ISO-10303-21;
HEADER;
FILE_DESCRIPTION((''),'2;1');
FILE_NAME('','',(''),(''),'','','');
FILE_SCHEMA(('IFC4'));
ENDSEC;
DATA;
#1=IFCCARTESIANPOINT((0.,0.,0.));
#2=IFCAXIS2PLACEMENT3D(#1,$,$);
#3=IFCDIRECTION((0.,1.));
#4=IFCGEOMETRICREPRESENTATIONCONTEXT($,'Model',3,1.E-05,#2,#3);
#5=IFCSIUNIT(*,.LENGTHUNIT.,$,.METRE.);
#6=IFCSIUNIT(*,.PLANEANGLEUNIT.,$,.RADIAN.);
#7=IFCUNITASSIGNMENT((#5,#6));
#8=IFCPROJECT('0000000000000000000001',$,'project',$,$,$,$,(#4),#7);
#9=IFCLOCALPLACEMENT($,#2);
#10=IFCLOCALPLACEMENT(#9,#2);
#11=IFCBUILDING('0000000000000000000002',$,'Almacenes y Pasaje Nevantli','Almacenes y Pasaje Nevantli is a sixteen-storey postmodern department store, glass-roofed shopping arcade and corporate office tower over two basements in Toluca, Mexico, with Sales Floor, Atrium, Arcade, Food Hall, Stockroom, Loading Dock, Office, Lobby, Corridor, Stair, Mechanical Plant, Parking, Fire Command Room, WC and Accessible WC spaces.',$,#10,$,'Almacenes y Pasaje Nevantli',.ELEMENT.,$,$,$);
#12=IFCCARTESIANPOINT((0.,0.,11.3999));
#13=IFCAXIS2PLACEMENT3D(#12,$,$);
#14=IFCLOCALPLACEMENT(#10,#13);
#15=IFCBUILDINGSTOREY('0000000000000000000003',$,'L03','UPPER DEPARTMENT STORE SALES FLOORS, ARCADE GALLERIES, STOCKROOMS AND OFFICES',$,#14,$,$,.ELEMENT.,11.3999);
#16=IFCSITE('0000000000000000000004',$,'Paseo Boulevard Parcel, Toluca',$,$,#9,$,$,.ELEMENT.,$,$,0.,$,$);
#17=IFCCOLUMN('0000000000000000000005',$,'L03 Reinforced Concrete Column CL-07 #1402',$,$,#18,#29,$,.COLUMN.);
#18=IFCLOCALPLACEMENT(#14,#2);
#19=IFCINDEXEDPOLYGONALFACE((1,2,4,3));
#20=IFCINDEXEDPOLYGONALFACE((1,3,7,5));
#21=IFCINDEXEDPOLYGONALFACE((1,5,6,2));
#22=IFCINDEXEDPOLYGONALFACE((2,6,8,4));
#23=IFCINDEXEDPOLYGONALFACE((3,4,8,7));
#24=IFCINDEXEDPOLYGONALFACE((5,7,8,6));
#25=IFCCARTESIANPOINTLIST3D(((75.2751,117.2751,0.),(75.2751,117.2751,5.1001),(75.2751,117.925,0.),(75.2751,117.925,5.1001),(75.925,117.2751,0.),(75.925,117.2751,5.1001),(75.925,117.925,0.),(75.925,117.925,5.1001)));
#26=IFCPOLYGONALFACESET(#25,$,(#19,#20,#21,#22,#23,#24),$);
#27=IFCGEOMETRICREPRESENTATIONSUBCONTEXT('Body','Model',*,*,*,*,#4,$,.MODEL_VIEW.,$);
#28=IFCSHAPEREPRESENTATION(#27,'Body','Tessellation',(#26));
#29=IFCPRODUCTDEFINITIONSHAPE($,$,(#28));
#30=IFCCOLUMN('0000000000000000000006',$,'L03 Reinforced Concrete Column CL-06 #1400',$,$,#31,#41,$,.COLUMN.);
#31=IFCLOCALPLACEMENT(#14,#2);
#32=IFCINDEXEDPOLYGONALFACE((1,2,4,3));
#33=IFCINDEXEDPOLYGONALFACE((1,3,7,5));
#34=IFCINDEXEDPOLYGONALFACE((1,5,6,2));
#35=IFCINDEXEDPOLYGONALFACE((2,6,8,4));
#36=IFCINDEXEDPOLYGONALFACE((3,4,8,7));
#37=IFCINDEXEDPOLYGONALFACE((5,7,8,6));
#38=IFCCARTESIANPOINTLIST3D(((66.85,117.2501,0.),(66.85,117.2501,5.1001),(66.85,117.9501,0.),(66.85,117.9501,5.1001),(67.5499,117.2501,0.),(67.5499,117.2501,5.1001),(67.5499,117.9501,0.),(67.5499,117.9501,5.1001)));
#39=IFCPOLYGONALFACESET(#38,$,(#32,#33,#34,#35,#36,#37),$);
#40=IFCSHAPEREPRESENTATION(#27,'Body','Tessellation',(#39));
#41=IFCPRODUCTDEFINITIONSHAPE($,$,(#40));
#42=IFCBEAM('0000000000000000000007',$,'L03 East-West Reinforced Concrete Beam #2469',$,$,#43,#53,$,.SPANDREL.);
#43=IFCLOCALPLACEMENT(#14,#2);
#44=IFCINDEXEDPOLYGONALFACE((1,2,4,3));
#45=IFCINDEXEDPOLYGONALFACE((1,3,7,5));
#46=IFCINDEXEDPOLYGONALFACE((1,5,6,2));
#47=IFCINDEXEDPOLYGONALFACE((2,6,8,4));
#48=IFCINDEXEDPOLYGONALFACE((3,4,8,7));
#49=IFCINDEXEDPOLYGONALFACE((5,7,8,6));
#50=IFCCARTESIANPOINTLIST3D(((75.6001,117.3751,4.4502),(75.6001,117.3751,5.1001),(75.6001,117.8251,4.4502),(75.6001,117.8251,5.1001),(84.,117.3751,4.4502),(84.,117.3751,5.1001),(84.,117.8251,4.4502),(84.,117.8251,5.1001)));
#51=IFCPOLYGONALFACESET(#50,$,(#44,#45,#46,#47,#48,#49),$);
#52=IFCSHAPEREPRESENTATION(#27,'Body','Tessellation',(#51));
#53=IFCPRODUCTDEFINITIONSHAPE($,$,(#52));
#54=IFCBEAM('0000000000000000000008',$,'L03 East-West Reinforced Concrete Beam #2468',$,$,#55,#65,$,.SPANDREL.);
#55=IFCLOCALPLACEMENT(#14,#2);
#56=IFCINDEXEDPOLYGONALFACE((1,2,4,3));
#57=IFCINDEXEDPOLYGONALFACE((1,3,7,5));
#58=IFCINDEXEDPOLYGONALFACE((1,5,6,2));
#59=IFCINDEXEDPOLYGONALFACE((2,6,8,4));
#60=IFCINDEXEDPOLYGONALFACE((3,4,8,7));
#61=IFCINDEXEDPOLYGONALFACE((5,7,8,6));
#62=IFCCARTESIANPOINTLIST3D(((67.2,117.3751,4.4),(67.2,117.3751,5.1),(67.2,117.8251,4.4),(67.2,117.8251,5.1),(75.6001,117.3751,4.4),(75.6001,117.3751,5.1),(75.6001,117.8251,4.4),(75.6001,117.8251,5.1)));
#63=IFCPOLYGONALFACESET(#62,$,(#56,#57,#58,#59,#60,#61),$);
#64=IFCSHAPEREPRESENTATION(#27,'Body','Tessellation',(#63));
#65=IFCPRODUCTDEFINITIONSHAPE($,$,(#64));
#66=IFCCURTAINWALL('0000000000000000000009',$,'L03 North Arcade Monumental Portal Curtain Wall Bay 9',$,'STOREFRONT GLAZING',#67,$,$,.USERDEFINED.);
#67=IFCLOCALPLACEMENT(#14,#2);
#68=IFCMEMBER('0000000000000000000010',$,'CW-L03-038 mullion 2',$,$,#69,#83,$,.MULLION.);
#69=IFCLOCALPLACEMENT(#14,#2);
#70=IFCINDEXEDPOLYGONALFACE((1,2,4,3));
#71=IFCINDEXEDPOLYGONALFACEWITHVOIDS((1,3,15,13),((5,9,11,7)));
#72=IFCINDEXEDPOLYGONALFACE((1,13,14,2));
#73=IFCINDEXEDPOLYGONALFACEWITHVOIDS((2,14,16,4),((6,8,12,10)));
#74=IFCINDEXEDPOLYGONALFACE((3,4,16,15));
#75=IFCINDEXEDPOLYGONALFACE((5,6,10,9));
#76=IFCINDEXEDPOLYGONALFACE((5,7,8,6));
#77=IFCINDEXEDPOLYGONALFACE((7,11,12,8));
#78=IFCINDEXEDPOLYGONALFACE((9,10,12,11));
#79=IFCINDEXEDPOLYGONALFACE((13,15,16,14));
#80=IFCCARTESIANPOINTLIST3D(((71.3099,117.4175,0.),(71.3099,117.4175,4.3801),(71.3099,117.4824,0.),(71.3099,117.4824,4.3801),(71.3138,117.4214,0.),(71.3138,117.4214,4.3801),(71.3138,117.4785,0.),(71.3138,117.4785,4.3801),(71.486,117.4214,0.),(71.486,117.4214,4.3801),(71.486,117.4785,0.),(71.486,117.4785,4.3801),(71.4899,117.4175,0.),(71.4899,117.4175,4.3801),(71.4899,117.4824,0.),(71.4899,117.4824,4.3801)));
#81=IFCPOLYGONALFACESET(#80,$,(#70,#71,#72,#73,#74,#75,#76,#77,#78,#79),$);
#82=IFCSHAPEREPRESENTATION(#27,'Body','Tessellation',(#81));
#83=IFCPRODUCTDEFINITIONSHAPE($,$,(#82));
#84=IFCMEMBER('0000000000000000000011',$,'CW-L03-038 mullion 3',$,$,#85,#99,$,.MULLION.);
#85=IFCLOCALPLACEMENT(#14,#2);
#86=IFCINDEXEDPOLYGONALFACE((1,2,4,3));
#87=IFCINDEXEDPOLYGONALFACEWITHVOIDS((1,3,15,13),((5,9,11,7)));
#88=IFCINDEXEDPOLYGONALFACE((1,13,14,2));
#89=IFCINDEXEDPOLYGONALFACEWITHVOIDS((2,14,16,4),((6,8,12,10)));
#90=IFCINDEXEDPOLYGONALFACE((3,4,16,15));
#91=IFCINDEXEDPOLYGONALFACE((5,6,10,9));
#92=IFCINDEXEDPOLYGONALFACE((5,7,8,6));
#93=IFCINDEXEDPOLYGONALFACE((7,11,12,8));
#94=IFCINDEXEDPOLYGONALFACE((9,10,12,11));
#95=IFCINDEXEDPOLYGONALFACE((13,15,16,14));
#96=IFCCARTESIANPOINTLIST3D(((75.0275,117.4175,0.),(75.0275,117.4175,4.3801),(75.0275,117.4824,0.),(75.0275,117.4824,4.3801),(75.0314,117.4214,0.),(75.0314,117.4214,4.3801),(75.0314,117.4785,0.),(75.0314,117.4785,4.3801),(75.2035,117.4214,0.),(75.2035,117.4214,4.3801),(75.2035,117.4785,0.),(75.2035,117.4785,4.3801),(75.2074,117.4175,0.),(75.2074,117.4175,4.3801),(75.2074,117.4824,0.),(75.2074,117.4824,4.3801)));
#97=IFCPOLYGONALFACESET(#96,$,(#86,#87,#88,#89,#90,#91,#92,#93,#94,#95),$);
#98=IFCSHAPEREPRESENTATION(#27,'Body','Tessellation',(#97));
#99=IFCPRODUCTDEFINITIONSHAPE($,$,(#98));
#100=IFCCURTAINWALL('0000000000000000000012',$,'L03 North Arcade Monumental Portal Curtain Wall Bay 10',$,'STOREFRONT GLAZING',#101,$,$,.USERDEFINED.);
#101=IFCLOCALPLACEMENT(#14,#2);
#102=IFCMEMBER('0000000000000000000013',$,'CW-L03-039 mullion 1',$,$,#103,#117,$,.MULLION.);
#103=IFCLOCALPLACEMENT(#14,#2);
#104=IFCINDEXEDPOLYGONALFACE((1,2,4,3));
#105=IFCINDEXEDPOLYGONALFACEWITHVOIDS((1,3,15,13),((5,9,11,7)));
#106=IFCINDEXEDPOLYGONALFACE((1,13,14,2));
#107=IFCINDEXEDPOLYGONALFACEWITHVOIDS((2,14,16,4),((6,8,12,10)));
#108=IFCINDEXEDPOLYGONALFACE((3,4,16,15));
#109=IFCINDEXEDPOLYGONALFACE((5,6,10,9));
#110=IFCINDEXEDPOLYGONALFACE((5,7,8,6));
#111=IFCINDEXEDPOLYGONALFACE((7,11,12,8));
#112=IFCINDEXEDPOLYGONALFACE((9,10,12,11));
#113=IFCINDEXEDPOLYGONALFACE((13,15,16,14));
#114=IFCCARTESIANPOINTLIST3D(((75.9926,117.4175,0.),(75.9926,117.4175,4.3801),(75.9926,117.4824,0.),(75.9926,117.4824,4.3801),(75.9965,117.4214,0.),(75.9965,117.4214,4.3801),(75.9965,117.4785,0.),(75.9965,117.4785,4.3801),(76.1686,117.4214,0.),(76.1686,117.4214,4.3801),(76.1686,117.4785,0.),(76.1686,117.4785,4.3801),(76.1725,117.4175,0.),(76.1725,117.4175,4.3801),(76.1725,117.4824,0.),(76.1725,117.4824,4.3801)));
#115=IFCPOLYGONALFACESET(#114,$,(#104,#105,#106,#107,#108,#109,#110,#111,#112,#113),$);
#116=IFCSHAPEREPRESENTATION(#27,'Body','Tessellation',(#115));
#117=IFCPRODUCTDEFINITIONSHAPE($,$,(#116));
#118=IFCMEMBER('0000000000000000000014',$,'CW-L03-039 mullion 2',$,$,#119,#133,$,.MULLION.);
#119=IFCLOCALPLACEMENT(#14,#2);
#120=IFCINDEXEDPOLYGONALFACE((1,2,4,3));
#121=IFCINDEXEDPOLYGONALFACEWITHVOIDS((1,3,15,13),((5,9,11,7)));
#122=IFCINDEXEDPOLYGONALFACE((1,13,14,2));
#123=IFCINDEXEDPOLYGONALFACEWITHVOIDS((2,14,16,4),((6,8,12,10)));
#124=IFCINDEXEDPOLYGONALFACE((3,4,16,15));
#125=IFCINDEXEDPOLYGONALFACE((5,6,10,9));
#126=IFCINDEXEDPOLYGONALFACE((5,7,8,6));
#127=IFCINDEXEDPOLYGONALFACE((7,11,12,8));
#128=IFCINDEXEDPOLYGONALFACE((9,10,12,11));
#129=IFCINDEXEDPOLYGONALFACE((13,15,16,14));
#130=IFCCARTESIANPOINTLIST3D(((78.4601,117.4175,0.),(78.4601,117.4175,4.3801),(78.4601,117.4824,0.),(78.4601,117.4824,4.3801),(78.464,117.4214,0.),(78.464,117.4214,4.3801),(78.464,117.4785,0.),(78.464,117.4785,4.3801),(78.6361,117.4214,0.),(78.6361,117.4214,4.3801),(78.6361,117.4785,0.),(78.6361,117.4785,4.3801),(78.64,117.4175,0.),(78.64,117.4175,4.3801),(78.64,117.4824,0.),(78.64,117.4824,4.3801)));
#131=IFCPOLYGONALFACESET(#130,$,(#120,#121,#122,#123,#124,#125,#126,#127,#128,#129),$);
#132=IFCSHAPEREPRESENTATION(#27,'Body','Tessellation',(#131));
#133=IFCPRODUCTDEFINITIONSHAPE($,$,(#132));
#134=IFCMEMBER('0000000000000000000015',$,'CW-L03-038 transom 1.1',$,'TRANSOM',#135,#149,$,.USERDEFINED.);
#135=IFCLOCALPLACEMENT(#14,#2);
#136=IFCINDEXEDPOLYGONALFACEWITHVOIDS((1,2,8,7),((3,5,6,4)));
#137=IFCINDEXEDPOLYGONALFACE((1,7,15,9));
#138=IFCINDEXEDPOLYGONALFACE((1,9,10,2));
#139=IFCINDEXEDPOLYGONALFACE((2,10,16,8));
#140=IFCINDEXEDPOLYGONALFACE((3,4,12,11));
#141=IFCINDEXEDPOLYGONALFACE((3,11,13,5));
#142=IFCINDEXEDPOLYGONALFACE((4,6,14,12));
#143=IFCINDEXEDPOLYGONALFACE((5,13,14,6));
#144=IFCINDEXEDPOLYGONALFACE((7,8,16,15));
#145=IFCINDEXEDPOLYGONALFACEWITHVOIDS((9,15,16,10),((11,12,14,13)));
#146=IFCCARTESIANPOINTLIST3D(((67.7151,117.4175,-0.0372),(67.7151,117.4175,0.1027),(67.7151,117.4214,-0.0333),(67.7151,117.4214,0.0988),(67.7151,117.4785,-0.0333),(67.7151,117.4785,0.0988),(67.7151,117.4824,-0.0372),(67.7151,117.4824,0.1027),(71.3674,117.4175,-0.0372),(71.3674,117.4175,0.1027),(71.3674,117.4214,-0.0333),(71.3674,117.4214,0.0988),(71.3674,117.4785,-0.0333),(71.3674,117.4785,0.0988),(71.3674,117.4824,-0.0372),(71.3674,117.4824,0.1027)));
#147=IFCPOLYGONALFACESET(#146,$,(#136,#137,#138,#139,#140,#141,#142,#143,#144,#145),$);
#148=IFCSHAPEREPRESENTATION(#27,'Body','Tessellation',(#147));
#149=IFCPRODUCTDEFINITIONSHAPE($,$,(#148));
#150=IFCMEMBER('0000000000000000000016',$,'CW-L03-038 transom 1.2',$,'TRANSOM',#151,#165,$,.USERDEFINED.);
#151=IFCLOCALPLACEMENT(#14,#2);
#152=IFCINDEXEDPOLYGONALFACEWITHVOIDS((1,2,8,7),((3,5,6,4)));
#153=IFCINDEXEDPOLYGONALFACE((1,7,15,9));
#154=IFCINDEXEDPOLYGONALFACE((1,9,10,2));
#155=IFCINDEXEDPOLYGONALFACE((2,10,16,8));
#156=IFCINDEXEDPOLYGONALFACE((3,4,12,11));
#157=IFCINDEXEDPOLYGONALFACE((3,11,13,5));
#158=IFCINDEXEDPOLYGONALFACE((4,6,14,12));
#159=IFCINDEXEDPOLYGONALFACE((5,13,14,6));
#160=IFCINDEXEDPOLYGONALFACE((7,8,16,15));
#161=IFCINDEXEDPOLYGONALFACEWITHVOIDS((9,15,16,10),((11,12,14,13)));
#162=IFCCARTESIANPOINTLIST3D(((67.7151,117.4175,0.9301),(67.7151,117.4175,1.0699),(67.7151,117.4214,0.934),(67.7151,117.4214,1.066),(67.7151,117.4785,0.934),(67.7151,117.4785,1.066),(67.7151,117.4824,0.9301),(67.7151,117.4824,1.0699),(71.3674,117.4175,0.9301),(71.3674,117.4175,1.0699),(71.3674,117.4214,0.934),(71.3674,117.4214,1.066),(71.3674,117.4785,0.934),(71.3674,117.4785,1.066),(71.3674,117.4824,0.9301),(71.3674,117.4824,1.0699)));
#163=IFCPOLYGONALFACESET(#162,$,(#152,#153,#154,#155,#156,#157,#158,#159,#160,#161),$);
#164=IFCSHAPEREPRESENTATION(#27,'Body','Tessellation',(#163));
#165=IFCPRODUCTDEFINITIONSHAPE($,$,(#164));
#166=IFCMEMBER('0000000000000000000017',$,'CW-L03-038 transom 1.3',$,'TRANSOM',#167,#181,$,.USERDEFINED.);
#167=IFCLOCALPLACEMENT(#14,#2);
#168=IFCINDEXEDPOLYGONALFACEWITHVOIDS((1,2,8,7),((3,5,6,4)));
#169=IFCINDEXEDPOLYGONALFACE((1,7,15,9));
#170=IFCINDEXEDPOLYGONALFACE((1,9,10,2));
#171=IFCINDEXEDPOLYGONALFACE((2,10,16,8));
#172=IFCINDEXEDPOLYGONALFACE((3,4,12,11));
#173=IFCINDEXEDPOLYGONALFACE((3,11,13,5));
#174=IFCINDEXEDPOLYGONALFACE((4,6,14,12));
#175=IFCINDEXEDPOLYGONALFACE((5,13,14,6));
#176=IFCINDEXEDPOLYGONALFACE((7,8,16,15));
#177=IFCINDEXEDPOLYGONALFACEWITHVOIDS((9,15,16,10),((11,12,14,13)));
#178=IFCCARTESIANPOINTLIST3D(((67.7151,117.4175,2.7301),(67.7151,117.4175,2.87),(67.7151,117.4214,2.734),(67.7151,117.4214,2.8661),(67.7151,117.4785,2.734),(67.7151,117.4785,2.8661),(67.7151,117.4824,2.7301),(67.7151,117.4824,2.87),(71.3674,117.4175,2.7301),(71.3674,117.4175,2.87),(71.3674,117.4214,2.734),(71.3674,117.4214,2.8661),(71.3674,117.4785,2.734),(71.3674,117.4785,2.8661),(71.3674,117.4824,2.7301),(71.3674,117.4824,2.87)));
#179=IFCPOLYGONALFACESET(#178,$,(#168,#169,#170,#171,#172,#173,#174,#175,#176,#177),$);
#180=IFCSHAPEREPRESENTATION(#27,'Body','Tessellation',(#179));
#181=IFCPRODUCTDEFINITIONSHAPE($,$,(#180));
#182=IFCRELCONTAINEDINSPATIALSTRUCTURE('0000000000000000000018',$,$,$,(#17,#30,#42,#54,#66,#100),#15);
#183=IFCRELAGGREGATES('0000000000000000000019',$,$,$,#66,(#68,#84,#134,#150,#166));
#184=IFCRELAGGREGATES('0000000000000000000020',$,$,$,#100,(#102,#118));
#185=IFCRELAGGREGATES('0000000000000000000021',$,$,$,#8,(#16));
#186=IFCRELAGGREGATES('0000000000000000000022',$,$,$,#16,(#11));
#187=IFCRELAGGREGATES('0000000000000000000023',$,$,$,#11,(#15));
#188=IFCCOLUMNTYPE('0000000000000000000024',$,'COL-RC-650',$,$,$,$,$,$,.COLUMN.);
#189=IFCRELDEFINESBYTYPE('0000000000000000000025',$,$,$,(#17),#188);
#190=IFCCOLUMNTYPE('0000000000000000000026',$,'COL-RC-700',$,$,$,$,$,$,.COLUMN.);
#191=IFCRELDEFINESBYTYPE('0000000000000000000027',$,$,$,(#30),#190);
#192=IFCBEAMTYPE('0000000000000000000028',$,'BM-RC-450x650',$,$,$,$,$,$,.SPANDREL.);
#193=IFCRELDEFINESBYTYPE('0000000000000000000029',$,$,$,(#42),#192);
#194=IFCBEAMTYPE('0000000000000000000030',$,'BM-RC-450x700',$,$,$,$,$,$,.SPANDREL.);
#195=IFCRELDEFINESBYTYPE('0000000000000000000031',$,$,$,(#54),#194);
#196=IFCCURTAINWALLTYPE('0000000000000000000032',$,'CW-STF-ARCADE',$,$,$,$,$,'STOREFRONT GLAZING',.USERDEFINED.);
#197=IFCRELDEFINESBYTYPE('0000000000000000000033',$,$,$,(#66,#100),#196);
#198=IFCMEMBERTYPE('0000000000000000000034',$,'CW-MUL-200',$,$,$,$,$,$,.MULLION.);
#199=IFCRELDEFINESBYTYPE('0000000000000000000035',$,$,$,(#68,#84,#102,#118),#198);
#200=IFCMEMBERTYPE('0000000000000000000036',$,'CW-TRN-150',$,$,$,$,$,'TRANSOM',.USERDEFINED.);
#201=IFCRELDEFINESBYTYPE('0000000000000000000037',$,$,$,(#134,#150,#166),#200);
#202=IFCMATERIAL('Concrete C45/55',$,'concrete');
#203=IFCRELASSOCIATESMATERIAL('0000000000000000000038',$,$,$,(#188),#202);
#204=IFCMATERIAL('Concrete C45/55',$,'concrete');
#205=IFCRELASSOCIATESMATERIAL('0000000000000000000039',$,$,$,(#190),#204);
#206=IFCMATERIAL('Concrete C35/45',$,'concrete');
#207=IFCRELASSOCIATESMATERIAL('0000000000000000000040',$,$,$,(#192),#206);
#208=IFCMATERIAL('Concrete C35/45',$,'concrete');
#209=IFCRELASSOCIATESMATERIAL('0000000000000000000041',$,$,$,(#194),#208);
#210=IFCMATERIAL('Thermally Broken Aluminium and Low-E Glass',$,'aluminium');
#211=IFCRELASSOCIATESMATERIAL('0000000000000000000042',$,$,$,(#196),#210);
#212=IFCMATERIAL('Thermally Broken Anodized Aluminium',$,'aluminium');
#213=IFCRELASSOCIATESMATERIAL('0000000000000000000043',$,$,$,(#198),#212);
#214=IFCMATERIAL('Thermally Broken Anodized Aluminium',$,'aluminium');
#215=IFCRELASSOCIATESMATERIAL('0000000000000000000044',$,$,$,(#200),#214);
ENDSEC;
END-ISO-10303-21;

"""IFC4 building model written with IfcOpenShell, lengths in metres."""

from ifc_helpers import new_model, si_unit, direction, frame, origin, origin_2d, place, context, subcontext, project, spatial, rectangle, hollow_rectangle, extrude, material, material_profile, profile_set, type_object, element, aggregate, save


model = new_model("IFC4")

# Units and contexts
model_context = context("Model", 3, precision=1e-05, world=origin(), true_north=direction((0.0, 1.0)))
body_context = subcontext(model_context, "Body", "Model", "MODEL_VIEW")
ifc_project = project(units=[si_unit("LENGTHUNIT", "METRE"), si_unit("PLANEANGLEUNIT", "RADIAN")], contexts=[model_context])

# Site, building, storey
site_placement = place(None, origin())
site = spatial("IfcSite", under=ifc_project, at=site_placement, Name="Paseo Boulevard Parcel, Toluca", CompositionType="ELEMENT", RefElevation=0.0)
building_placement = place(site_placement, origin())
building = spatial("IfcBuilding", under=site, at=building_placement, Name="Almacenes y Pasaje Nevantli", Description="Almacenes y Pasaje Nevantli is a sixteen-storey postmodern department store, glass-roofed shopping arcade and corporate office tower over two basements in Toluca, Mexico, with Sales Floor, Atrium, Arcade, Food Hall, Stockroom, Loading Dock, Office, Lobby, Corridor, Stair, Mechanical Plant, Parking, Fire Command Room, WC and Accessible WC spaces.", LongName="Almacenes y Pasaje Nevantli", CompositionType="ELEMENT")
storey_placement = place(building_placement, frame((0.0, 0.0, 11.3999)))
storey = spatial("IfcBuildingStorey", under=building, at=storey_placement, Name="L03", Description="UPPER DEPARTMENT STORE SALES FLOORS, ARCADE GALLERIES, STOCKROOMS AND OFFICES", CompositionType="ELEMENT", Elevation=11.3999)

# Columns
ifc_material_1 = material(Name="Concrete C45/55", Category="concrete")
ifc_material_profile_1 = material_profile(ifc_material_1, rectangle(XDim=0.6499, YDim=0.6499, at=origin_2d()), Name="RC-COL-650x650")
ifc_profile_set_1 = profile_set([ifc_material_profile_1], Name="Concrete C45/55")
column_type_1 = type_object("IfcColumnType", Name="COL-RC-650", PredefinedType="COLUMN", material=ifc_profile_set_1)
column_1_placement = place(storey_placement, frame((75.6001, 117.6001, 0.0), z_axis=(0.0, 0.0, 1.0), x_axis=(1.0, 0.0, 0.0)))
element("IfcColumn", 1, at=column_1_placement, inside=storey, type_object=column_type_1, Name="L03 Reinforced Concrete Column CL-07 #1402", PredefinedType="COLUMN", context=body_context, shape_type="SweptSolid", body=[
    extrude(rectangle(XDim=0.6499, YDim=0.6499, at=origin_2d()), origin(), (0.0, 0.0, 1.0), 5.1001),
])
ifc_material_2 = material(Name="Concrete C45/55", Category="concrete")
ifc_material_profile_2 = material_profile(ifc_material_2, rectangle(XDim=0.7, YDim=0.7, at=origin_2d()), Name="RC-COL-700x700")
ifc_profile_set_2 = profile_set([ifc_material_profile_2], Name="Concrete C45/55")
column_type_2 = type_object("IfcColumnType", Name="COL-RC-700", PredefinedType="COLUMN", material=ifc_profile_set_2)
column_2_placement = place(storey_placement, frame((67.2, 117.6001, 0.0), z_axis=(0.0, 0.0, 1.0), x_axis=(1.0, 0.0, 0.0)))
element("IfcColumn", 2, at=column_2_placement, inside=storey, type_object=column_type_2, Name="L03 Reinforced Concrete Column CL-06 #1400", PredefinedType="COLUMN", context=body_context, shape_type="SweptSolid", body=[
    extrude(rectangle(XDim=0.7, YDim=0.7, at=origin_2d()), origin(), (0.0, 0.0, 1.0), 5.1001),
])

# Beams
ifc_material_3 = material(Name="Concrete C35/45", Category="concrete")
ifc_material_profile_3 = material_profile(ifc_material_3, rectangle(XDim=0.45, YDim=0.6499, at=origin_2d()), Name="RC-BM-450x650")
ifc_profile_set_3 = profile_set([ifc_material_profile_3], Name="Concrete C35/45")
beam_type_1 = type_object("IfcBeamType", Name="BM-RC-450x650", PredefinedType="SPANDREL", material=ifc_profile_set_3)
beam_1_placement = place(storey_placement, frame((75.6001, 117.6001, 4.7751), z_axis=(1.0, 0.0, 0.0), x_axis=(0.0, 1.0, 0.0)))
element("IfcBeam", 3, at=beam_1_placement, inside=storey, type_object=beam_type_1, Name="L03 East-West Reinforced Concrete Beam #2469", PredefinedType="SPANDREL", context=body_context, shape_type="SweptSolid", body=[
    extrude(rectangle(XDim=0.45, YDim=0.6499, at=origin_2d()), origin(), (0.0, 0.0, 1.0), 8.3999),
])
ifc_material_4 = material(Name="Concrete C35/45", Category="concrete")
ifc_material_profile_4 = material_profile(ifc_material_4, rectangle(XDim=0.45, YDim=0.7, at=origin_2d()), Name="RC-BM-450x700")
ifc_profile_set_4 = profile_set([ifc_material_profile_4], Name="Concrete C35/45")
beam_type_2 = type_object("IfcBeamType", Name="BM-RC-450x700", PredefinedType="SPANDREL", material=ifc_profile_set_4)
beam_2_placement = place(storey_placement, frame((67.2, 117.6001, 4.75), z_axis=(1.0, 0.0, 0.0), x_axis=(0.0, 1.0, 0.0)))
element("IfcBeam", 4, at=beam_2_placement, inside=storey, type_object=beam_type_2, Name="L03 East-West Reinforced Concrete Beam #2468", PredefinedType="SPANDREL", context=body_context, shape_type="SweptSolid", body=[
    extrude(rectangle(XDim=0.45, YDim=0.7, at=origin_2d()), origin(), (0.0, 0.0, 1.0), 8.4001),
])

# Curtain walls, members
ifc_material_5 = material(Name="Thermally Broken Aluminium and Low-E Glass", Category="aluminium")
curtain_wall_type = type_object("IfcCurtainWallType", Name="CW-STF-ARCADE", ElementType="STOREFRONT GLAZING", PredefinedType="USERDEFINED", material=ifc_material_5)
curtain_wall_1_placement = place(storey_placement, origin())
curtain_wall_1 = element("IfcCurtainWall", 5, at=curtain_wall_1_placement, inside=storey, type_object=curtain_wall_type, Name="L03 North Arcade Monumental Portal Curtain Wall Bay 9", ObjectType="STOREFRONT GLAZING", PredefinedType="USERDEFINED")
ifc_material_6 = material(Name="Thermally Broken Anodized Aluminium", Category="aluminium")
ifc_material_profile_5 = material_profile(ifc_material_6, hollow_rectangle(XDim=0.0649, YDim=0.1799, WallThickness=0.0039, at=origin_2d()), Name="ALU-MUL-65x180")
ifc_profile_set_5 = profile_set([ifc_material_profile_5], Name="Thermally Broken Anodized Aluminium")
member_type_1 = type_object("IfcMemberType", Name="CW-MUL-200", PredefinedType="MULLION", material=ifc_profile_set_5)
member_1_placement = place(storey_placement, frame((71.3999, 117.45, 0.0), z_axis=(0.0, 0.0, 1.0), x_axis=(0.0, 1.0, 0.0)))
member_1 = element("IfcMember", 6, at=member_1_placement, type_object=member_type_1, Name="CW-L03-038 mullion 2", PredefinedType="MULLION", context=body_context, shape_type="SweptSolid", body=[
    extrude(hollow_rectangle(XDim=0.0649, YDim=0.1799, WallThickness=0.0039, at=origin_2d()), origin(), (0.0, 0.0, 1.0), 4.3801),
])
member_2_placement = place(storey_placement, frame((75.1174, 117.45, 0.0), z_axis=(0.0, 0.0, 1.0), x_axis=(0.0, 1.0, 0.0)))
member_2 = element("IfcMember", 7, at=member_2_placement, type_object=member_type_1, Name="CW-L03-038 mullion 3", PredefinedType="MULLION", context=body_context, shape_type="SweptSolid", body=[
    extrude(hollow_rectangle(XDim=0.0649, YDim=0.1799, WallThickness=0.0039, at=origin_2d()), origin(), (0.0, 0.0, 1.0), 4.3801),
])
curtain_wall_2_placement = place(storey_placement, origin())
curtain_wall_2 = element("IfcCurtainWall", 8, at=curtain_wall_2_placement, inside=storey, type_object=curtain_wall_type, Name="L03 North Arcade Monumental Portal Curtain Wall Bay 10", ObjectType="STOREFRONT GLAZING", PredefinedType="USERDEFINED")
member_3_placement = place(storey_placement, frame((76.0825, 117.45, 0.0), z_axis=(0.0, 0.0, 1.0), x_axis=(0.0, 1.0, 0.0)))
member_3 = element("IfcMember", 9, at=member_3_placement, type_object=member_type_1, Name="CW-L03-039 mullion 1", PredefinedType="MULLION", context=body_context, shape_type="SweptSolid", body=[
    extrude(hollow_rectangle(XDim=0.0649, YDim=0.1799, WallThickness=0.0039, at=origin_2d()), origin(), (0.0, 0.0, 1.0), 4.3801),
])
member_4_placement = place(storey_placement, frame((78.55, 117.45, 0.0), z_axis=(0.0, 0.0, 1.0), x_axis=(0.0, 1.0, 0.0)))
member_4 = element("IfcMember", 10, at=member_4_placement, type_object=member_type_1, Name="CW-L03-039 mullion 2", PredefinedType="MULLION", context=body_context, shape_type="SweptSolid", body=[
    extrude(hollow_rectangle(XDim=0.0649, YDim=0.1799, WallThickness=0.0039, at=origin_2d()), origin(), (0.0, 0.0, 1.0), 4.3801),
])

# Members
ifc_material_7 = material(Name="Thermally Broken Anodized Aluminium", Category="aluminium")
ifc_material_profile_6 = material_profile(ifc_material_7, hollow_rectangle(XDim=0.0649, YDim=0.1399, WallThickness=0.0039, at=origin_2d()), Name="ALU-TRN-65x140")
ifc_profile_set_6 = profile_set([ifc_material_profile_6], Name="Thermally Broken Anodized Aluminium")
member_type_2 = type_object("IfcMemberType", Name="CW-TRN-150", ElementType="TRANSOM", PredefinedType="USERDEFINED", material=ifc_profile_set_6)
member_5_placement = place(storey_placement, frame((67.7151, 117.45, 0.0327), z_axis=(1.0, 0.0, 0.0), x_axis=(0.0, 1.0, 0.0)))
member_5 = element("IfcMember", 11, at=member_5_placement, type_object=member_type_2, Name="CW-L03-038 transom 1.1", ObjectType="TRANSOM", PredefinedType="USERDEFINED", context=body_context, shape_type="SweptSolid", body=[
    extrude(hollow_rectangle(XDim=0.0649, YDim=0.1399, WallThickness=0.0039, at=origin_2d()), origin(), (0.0, 0.0, 1.0), 3.6523),
])
member_6_placement = place(storey_placement, frame((67.7151, 117.45, 1.0), z_axis=(1.0, 0.0, 0.0), x_axis=(0.0, 1.0, 0.0)))
member_6 = element("IfcMember", 12, at=member_6_placement, type_object=member_type_2, Name="CW-L03-038 transom 1.2", ObjectType="TRANSOM", PredefinedType="USERDEFINED", context=body_context, shape_type="SweptSolid", body=[
    extrude(hollow_rectangle(XDim=0.0649, YDim=0.1399, WallThickness=0.0039, at=origin_2d()), origin(), (0.0, 0.0, 1.0), 3.6523),
])
member_7_placement = place(storey_placement, frame((67.7151, 117.45, 2.8), z_axis=(1.0, 0.0, 0.0), x_axis=(0.0, 1.0, 0.0)))
member_7 = element("IfcMember", 13, at=member_7_placement, type_object=member_type_2, Name="CW-L03-038 transom 1.3", ObjectType="TRANSOM", PredefinedType="USERDEFINED", context=body_context, shape_type="SweptSolid", body=[
    extrude(hollow_rectangle(XDim=0.0649, YDim=0.1399, WallThickness=0.0039, at=origin_2d()), origin(), (0.0, 0.0, 1.0), 3.6523),
])

aggregate(curtain_wall_1, [member_1, member_2, member_5, member_6, member_7])
aggregate(curtain_wall_2, [member_3, member_4])

save(model, "model.ifc")
